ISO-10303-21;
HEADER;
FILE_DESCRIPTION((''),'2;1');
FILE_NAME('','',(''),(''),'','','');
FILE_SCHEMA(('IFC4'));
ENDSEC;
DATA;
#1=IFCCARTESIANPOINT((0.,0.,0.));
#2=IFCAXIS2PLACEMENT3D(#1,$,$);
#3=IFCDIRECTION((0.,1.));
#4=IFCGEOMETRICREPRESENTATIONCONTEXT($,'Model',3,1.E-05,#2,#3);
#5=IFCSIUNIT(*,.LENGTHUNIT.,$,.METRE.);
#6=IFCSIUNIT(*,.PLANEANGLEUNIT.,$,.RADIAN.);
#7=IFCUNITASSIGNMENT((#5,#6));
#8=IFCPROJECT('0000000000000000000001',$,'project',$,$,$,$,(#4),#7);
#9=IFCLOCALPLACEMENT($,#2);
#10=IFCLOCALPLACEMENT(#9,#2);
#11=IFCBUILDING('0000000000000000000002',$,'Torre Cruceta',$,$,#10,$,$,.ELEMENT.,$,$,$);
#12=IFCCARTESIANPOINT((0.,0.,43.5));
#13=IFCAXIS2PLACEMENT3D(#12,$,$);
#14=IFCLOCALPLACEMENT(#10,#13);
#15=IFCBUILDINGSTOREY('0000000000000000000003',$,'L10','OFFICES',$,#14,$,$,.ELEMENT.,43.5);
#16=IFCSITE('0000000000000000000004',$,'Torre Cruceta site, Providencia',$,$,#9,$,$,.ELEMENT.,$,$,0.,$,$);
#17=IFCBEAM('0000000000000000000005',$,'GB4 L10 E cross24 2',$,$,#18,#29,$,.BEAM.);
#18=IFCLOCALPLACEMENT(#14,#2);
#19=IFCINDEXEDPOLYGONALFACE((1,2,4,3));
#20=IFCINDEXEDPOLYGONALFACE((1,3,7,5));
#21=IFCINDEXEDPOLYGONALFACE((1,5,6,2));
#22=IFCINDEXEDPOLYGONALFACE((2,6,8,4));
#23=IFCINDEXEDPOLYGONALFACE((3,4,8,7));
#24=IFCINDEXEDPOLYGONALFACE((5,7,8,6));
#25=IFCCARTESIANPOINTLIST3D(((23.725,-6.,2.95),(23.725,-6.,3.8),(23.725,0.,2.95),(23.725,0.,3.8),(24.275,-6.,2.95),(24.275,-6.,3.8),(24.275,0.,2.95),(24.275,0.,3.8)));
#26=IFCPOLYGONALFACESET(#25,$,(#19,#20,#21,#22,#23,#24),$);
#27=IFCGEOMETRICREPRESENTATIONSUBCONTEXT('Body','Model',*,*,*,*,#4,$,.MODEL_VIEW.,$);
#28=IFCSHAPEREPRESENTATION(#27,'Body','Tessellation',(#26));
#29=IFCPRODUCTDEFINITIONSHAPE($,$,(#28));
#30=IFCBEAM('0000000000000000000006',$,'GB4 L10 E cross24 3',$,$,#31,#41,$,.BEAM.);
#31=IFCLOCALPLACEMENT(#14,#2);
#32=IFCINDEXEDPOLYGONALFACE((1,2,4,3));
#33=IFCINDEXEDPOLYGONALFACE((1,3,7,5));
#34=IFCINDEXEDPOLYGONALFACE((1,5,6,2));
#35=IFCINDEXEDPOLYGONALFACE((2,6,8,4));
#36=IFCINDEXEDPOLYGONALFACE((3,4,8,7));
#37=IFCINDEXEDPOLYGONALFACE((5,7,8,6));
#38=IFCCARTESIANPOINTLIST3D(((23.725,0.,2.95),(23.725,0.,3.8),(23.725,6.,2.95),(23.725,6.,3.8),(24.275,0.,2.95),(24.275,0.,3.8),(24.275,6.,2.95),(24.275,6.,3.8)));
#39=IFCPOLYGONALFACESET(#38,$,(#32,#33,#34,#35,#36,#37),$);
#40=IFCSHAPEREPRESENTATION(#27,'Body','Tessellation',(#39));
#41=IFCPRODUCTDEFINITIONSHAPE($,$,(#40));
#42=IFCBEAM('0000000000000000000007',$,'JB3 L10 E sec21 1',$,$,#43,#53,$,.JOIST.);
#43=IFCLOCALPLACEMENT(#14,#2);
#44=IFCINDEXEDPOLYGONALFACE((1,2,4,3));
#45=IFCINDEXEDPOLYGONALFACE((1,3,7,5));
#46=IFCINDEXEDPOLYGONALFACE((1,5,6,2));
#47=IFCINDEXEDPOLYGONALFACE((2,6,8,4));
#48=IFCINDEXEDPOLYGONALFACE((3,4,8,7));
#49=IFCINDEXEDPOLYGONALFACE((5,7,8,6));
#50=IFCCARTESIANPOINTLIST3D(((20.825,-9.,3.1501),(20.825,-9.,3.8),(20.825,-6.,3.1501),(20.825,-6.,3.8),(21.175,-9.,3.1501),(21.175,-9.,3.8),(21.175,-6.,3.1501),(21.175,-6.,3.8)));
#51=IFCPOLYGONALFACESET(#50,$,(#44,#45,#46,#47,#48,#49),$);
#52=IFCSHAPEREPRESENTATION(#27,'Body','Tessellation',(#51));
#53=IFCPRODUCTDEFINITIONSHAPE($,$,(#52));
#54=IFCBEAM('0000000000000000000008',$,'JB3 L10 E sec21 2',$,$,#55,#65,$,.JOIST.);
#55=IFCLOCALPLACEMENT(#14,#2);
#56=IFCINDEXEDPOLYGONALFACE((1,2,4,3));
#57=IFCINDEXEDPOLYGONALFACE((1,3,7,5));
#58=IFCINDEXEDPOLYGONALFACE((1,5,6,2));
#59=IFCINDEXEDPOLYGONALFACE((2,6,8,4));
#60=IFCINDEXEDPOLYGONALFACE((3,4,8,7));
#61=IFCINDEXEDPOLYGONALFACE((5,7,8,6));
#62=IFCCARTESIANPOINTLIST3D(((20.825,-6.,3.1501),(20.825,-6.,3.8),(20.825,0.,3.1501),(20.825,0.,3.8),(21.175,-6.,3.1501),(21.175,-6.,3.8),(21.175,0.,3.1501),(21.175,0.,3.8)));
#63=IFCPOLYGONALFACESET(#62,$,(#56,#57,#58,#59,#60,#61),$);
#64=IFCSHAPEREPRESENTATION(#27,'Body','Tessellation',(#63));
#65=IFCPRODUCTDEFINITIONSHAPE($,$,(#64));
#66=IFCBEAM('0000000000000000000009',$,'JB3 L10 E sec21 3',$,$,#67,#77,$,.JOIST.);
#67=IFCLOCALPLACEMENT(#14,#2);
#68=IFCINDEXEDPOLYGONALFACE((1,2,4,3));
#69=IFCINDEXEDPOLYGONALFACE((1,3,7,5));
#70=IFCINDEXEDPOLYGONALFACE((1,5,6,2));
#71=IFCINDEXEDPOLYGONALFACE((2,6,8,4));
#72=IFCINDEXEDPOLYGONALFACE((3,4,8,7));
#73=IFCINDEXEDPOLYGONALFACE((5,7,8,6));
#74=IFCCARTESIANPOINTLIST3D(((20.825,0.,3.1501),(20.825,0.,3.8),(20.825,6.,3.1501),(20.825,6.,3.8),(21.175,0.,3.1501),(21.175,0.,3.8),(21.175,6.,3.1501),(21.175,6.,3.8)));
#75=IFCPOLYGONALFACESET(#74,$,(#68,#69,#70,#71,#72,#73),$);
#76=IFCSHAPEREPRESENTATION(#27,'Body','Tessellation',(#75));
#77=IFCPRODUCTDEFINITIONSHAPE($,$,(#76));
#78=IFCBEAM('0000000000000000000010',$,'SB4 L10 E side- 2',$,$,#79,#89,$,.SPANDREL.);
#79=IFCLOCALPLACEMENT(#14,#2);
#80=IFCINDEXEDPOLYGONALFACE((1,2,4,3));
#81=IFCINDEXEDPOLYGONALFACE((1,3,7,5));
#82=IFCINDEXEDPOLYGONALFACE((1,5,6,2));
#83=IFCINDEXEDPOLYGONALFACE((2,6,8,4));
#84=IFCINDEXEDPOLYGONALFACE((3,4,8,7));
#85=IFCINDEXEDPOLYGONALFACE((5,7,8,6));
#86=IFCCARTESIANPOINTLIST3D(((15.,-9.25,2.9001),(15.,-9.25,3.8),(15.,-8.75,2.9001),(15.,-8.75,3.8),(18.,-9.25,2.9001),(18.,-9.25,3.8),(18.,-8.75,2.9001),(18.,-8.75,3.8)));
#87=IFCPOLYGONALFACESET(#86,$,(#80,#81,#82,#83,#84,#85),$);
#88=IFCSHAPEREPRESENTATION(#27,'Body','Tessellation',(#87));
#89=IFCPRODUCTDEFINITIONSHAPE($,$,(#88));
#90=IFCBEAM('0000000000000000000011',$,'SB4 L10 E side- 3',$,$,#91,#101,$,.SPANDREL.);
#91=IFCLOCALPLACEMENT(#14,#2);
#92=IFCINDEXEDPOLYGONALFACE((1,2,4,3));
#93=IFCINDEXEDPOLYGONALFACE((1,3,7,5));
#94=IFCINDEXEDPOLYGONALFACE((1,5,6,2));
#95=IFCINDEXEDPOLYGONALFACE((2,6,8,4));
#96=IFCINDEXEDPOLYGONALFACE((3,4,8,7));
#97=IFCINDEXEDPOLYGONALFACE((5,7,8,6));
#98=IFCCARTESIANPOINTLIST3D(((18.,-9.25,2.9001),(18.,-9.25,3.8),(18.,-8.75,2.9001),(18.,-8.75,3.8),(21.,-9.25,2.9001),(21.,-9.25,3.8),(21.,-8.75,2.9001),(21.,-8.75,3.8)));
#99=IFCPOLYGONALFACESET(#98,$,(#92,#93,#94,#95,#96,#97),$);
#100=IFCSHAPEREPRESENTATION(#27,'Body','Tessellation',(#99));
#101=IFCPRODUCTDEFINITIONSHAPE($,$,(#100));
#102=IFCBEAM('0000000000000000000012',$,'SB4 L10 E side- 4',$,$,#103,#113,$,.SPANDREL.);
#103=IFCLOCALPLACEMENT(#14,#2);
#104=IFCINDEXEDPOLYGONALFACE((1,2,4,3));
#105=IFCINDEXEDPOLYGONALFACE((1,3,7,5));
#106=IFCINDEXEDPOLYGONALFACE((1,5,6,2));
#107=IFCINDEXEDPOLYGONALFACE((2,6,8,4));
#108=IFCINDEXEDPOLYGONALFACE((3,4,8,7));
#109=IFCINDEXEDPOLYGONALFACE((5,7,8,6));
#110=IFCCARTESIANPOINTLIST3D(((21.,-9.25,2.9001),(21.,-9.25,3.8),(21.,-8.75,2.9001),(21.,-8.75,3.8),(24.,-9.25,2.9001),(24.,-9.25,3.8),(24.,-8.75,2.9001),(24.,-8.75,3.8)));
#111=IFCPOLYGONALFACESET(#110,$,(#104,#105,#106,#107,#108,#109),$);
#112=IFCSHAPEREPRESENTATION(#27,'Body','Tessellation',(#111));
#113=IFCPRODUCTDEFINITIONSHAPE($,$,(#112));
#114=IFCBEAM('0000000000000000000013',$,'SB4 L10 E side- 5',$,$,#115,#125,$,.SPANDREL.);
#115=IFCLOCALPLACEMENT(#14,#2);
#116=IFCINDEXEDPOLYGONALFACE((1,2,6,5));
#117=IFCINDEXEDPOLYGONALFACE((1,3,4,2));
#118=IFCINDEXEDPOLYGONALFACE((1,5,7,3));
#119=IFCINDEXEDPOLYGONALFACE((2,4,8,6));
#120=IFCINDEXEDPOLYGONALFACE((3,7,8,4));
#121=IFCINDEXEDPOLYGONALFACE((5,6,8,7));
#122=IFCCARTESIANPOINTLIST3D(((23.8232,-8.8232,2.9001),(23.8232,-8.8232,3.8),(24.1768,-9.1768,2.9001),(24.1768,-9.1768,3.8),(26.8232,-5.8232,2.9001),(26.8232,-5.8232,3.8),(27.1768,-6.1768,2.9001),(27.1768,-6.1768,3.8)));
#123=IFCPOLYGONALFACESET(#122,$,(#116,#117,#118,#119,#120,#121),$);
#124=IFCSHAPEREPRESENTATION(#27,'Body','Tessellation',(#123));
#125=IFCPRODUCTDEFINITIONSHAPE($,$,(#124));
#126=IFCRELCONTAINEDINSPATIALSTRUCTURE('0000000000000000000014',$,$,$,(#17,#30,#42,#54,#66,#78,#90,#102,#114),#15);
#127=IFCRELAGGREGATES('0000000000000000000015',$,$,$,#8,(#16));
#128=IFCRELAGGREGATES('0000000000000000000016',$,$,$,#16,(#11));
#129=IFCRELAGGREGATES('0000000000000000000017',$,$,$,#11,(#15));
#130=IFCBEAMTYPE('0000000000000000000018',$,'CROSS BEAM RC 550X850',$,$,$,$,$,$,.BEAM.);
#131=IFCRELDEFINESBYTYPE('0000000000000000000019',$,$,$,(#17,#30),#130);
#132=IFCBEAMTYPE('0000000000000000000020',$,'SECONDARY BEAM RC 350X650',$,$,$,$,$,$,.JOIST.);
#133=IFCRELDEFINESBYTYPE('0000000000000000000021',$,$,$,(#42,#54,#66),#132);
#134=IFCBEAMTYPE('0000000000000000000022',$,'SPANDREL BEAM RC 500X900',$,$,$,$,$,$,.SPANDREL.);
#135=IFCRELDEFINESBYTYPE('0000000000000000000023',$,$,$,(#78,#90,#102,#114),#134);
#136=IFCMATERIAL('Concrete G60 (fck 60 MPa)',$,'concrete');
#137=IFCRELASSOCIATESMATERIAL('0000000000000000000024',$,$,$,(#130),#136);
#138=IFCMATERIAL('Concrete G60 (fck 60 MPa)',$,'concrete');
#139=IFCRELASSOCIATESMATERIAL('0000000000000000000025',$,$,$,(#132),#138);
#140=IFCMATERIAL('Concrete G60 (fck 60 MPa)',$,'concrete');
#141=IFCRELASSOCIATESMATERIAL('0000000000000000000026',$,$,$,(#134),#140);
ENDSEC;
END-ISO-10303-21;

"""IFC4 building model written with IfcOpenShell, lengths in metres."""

from ifc_helpers import new_model, si_unit, direction, frame, origin, origin_2d, place, context, subcontext, project, spatial, rectangle, extrude, material, material_profile, profile_set, type_object, element, save


model = new_model("IFC4")

# Units and contexts
model_context = context("Model", 3, precision=1e-05, world=origin(), true_north=direction((0.0, 1.0)))
body_context = subcontext(model_context, "Body", "Model", "MODEL_VIEW")
ifc_project = project(units=[si_unit("LENGTHUNIT", "METRE"), si_unit("PLANEANGLEUNIT", "RADIAN")], contexts=[model_context])

# Site, building, storey
site_placement = place(None, origin())
site = spatial("IfcSite", under=ifc_project, at=site_placement, Name="Torre Cruceta site, Providencia", CompositionType="ELEMENT", RefElevation=0.0)
building_placement = place(site_placement, origin())
building = spatial("IfcBuilding", under=site, at=building_placement, Name="Torre Cruceta", CompositionType="ELEMENT")
storey_placement = place(building_placement, frame((0.0, 0.0, 43.5)))
storey = spatial("IfcBuildingStorey", under=building, at=storey_placement, Name="L10", Description="OFFICES", CompositionType="ELEMENT", Elevation=43.5)

# Beams
ifc_material_1 = material(Name="Concrete G60 (fck 60 MPa)", Category="concrete")
ifc_material_profile_1 = material_profile(ifc_material_1, rectangle(XDim=0.55, YDim=0.8501, at=origin_2d()), Name="RC 550X850")
ifc_profile_set_1 = profile_set([ifc_material_profile_1], Name="Concrete G60 (fck 60 MPa)")
beam_type_1 = type_object("IfcBeamType", Name="CROSS BEAM RC 550X850", PredefinedType="BEAM", material=ifc_profile_set_1)
for number, where, z_axis, x_axis, name in (
    (1, (24.0, -6.0, 3.375), (0.0, 1.0, 0.0), (-1.0, 0.0, 0.0), "GB4 L10 E cross24 2"),
    (2, (24.0, 0.0, 3.375), (0.0, 1.0, 0.0), (-1.0, 0.0, 0.0), "GB4 L10 E cross24 3"),
):
    element("IfcBeam", number, at=place(storey_placement, frame(where, z_axis=z_axis, x_axis=x_axis)), inside=storey, type_object=beam_type_1, Name=name, PredefinedType="BEAM", context=body_context, shape_type="SweptSolid", body=[
        extrude(rectangle(XDim=0.55, YDim=0.8501, at=origin_2d()), origin(), (0.0, 0.0, 1.0), 6.0),
    ])
ifc_material_2 = material(Name="Concrete G60 (fck 60 MPa)", Category="concrete")
ifc_material_profile_2 = material_profile(ifc_material_2, rectangle(XDim=0.3501, YDim=0.6499, at=origin_2d()), Name="RC 350X650")
ifc_profile_set_2 = profile_set([ifc_material_profile_2], Name="Concrete G60 (fck 60 MPa)")
beam_type_2 = type_object("IfcBeamType", Name="SECONDARY BEAM RC 350X650", PredefinedType="JOIST", material=ifc_profile_set_2)
beam_1_placement = place(storey_placement, frame((21.0, -9.0, 3.4751), z_axis=(0.0, 1.0, 0.0), x_axis=(-1.0, 0.0, 0.0)))
element("IfcBeam", 3, at=beam_1_placement, inside=storey, type_object=beam_type_2, Name="JB3 L10 E sec21 1", PredefinedType="JOIST", context=body_context, shape_type="SweptSolid", body=[
    extrude(rectangle(XDim=0.3501, YDim=0.6499, at=origin_2d()), origin(), (0.0, 0.0, 1.0), 3.0),
])
for number, where, z_axis, x_axis, name in (
    (4, (21.0, -6.0, 3.4751), (0.0, 1.0, 0.0), (-1.0, 0.0, 0.0), "JB3 L10 E sec21 2"),
    (5, (21.0, 0.0, 3.4751), (0.0, 1.0, 0.0), (-1.0, 0.0, 0.0), "JB3 L10 E sec21 3"),
):
    element("IfcBeam", number, at=place(storey_placement, frame(where, z_axis=z_axis, x_axis=x_axis)), inside=storey, type_object=beam_type_2, Name=name, PredefinedType="JOIST", context=body_context, shape_type="SweptSolid", body=[
        extrude(rectangle(XDim=0.3501, YDim=0.6499, at=origin_2d()), origin(), (0.0, 0.0, 1.0), 6.0),
    ])
ifc_material_3 = material(Name="Concrete G60 (fck 60 MPa)", Category="concrete")
ifc_material_profile_3 = material_profile(ifc_material_3, rectangle(XDim=0.5, YDim=0.8999, at=origin_2d()), Name="RC 500X900")
ifc_profile_set_3 = profile_set([ifc_material_profile_3], Name="Concrete G60 (fck 60 MPa)")
beam_type_3 = type_object("IfcBeamType", Name="SPANDREL BEAM RC 500X900", PredefinedType="SPANDREL", material=ifc_profile_set_3)
for number, where, z_axis, x_axis, name in (
    (6, (15.0, -9.0, 3.3501), (1.0, 0.0, 0.0), (0.0, 1.0, 0.0), "SB4 L10 E side- 2"),
    (7, (18.0, -9.0, 3.3501), (1.0, 0.0, 0.0), (0.0, 1.0, 0.0), "SB4 L10 E side- 3"),
    (8, (21.0, -9.0, 3.3501), (1.0, 0.0, 0.0), (0.0, 1.0, 0.0), "SB4 L10 E side- 4"),
):
    element("IfcBeam", number, at=place(storey_placement, frame(where, z_axis=z_axis, x_axis=x_axis)), inside=storey, type_object=beam_type_3, Name=name, PredefinedType="SPANDREL", context=body_context, shape_type="SweptSolid", body=[
        extrude(rectangle(XDim=0.5, YDim=0.8999, at=origin_2d()), origin(), (0.0, 0.0, 1.0), 3.0),
    ])
beam_2_placement = place(storey_placement, frame((24.0, -9.0, 3.3501), z_axis=(0.707107, 0.707107, 0.0), x_axis=(-0.707107, 0.707107, 0.0)))
element("IfcBeam", 9, at=beam_2_placement, inside=storey, type_object=beam_type_3, Name="SB4 L10 E side- 5", PredefinedType="SPANDREL", context=body_context, shape_type="SweptSolid", body=[
    extrude(rectangle(XDim=0.5, YDim=0.8999, at=origin_2d()), origin(), (0.0, 0.0, 1.0), 4.2427),
])

save(model, "model.ifc")
